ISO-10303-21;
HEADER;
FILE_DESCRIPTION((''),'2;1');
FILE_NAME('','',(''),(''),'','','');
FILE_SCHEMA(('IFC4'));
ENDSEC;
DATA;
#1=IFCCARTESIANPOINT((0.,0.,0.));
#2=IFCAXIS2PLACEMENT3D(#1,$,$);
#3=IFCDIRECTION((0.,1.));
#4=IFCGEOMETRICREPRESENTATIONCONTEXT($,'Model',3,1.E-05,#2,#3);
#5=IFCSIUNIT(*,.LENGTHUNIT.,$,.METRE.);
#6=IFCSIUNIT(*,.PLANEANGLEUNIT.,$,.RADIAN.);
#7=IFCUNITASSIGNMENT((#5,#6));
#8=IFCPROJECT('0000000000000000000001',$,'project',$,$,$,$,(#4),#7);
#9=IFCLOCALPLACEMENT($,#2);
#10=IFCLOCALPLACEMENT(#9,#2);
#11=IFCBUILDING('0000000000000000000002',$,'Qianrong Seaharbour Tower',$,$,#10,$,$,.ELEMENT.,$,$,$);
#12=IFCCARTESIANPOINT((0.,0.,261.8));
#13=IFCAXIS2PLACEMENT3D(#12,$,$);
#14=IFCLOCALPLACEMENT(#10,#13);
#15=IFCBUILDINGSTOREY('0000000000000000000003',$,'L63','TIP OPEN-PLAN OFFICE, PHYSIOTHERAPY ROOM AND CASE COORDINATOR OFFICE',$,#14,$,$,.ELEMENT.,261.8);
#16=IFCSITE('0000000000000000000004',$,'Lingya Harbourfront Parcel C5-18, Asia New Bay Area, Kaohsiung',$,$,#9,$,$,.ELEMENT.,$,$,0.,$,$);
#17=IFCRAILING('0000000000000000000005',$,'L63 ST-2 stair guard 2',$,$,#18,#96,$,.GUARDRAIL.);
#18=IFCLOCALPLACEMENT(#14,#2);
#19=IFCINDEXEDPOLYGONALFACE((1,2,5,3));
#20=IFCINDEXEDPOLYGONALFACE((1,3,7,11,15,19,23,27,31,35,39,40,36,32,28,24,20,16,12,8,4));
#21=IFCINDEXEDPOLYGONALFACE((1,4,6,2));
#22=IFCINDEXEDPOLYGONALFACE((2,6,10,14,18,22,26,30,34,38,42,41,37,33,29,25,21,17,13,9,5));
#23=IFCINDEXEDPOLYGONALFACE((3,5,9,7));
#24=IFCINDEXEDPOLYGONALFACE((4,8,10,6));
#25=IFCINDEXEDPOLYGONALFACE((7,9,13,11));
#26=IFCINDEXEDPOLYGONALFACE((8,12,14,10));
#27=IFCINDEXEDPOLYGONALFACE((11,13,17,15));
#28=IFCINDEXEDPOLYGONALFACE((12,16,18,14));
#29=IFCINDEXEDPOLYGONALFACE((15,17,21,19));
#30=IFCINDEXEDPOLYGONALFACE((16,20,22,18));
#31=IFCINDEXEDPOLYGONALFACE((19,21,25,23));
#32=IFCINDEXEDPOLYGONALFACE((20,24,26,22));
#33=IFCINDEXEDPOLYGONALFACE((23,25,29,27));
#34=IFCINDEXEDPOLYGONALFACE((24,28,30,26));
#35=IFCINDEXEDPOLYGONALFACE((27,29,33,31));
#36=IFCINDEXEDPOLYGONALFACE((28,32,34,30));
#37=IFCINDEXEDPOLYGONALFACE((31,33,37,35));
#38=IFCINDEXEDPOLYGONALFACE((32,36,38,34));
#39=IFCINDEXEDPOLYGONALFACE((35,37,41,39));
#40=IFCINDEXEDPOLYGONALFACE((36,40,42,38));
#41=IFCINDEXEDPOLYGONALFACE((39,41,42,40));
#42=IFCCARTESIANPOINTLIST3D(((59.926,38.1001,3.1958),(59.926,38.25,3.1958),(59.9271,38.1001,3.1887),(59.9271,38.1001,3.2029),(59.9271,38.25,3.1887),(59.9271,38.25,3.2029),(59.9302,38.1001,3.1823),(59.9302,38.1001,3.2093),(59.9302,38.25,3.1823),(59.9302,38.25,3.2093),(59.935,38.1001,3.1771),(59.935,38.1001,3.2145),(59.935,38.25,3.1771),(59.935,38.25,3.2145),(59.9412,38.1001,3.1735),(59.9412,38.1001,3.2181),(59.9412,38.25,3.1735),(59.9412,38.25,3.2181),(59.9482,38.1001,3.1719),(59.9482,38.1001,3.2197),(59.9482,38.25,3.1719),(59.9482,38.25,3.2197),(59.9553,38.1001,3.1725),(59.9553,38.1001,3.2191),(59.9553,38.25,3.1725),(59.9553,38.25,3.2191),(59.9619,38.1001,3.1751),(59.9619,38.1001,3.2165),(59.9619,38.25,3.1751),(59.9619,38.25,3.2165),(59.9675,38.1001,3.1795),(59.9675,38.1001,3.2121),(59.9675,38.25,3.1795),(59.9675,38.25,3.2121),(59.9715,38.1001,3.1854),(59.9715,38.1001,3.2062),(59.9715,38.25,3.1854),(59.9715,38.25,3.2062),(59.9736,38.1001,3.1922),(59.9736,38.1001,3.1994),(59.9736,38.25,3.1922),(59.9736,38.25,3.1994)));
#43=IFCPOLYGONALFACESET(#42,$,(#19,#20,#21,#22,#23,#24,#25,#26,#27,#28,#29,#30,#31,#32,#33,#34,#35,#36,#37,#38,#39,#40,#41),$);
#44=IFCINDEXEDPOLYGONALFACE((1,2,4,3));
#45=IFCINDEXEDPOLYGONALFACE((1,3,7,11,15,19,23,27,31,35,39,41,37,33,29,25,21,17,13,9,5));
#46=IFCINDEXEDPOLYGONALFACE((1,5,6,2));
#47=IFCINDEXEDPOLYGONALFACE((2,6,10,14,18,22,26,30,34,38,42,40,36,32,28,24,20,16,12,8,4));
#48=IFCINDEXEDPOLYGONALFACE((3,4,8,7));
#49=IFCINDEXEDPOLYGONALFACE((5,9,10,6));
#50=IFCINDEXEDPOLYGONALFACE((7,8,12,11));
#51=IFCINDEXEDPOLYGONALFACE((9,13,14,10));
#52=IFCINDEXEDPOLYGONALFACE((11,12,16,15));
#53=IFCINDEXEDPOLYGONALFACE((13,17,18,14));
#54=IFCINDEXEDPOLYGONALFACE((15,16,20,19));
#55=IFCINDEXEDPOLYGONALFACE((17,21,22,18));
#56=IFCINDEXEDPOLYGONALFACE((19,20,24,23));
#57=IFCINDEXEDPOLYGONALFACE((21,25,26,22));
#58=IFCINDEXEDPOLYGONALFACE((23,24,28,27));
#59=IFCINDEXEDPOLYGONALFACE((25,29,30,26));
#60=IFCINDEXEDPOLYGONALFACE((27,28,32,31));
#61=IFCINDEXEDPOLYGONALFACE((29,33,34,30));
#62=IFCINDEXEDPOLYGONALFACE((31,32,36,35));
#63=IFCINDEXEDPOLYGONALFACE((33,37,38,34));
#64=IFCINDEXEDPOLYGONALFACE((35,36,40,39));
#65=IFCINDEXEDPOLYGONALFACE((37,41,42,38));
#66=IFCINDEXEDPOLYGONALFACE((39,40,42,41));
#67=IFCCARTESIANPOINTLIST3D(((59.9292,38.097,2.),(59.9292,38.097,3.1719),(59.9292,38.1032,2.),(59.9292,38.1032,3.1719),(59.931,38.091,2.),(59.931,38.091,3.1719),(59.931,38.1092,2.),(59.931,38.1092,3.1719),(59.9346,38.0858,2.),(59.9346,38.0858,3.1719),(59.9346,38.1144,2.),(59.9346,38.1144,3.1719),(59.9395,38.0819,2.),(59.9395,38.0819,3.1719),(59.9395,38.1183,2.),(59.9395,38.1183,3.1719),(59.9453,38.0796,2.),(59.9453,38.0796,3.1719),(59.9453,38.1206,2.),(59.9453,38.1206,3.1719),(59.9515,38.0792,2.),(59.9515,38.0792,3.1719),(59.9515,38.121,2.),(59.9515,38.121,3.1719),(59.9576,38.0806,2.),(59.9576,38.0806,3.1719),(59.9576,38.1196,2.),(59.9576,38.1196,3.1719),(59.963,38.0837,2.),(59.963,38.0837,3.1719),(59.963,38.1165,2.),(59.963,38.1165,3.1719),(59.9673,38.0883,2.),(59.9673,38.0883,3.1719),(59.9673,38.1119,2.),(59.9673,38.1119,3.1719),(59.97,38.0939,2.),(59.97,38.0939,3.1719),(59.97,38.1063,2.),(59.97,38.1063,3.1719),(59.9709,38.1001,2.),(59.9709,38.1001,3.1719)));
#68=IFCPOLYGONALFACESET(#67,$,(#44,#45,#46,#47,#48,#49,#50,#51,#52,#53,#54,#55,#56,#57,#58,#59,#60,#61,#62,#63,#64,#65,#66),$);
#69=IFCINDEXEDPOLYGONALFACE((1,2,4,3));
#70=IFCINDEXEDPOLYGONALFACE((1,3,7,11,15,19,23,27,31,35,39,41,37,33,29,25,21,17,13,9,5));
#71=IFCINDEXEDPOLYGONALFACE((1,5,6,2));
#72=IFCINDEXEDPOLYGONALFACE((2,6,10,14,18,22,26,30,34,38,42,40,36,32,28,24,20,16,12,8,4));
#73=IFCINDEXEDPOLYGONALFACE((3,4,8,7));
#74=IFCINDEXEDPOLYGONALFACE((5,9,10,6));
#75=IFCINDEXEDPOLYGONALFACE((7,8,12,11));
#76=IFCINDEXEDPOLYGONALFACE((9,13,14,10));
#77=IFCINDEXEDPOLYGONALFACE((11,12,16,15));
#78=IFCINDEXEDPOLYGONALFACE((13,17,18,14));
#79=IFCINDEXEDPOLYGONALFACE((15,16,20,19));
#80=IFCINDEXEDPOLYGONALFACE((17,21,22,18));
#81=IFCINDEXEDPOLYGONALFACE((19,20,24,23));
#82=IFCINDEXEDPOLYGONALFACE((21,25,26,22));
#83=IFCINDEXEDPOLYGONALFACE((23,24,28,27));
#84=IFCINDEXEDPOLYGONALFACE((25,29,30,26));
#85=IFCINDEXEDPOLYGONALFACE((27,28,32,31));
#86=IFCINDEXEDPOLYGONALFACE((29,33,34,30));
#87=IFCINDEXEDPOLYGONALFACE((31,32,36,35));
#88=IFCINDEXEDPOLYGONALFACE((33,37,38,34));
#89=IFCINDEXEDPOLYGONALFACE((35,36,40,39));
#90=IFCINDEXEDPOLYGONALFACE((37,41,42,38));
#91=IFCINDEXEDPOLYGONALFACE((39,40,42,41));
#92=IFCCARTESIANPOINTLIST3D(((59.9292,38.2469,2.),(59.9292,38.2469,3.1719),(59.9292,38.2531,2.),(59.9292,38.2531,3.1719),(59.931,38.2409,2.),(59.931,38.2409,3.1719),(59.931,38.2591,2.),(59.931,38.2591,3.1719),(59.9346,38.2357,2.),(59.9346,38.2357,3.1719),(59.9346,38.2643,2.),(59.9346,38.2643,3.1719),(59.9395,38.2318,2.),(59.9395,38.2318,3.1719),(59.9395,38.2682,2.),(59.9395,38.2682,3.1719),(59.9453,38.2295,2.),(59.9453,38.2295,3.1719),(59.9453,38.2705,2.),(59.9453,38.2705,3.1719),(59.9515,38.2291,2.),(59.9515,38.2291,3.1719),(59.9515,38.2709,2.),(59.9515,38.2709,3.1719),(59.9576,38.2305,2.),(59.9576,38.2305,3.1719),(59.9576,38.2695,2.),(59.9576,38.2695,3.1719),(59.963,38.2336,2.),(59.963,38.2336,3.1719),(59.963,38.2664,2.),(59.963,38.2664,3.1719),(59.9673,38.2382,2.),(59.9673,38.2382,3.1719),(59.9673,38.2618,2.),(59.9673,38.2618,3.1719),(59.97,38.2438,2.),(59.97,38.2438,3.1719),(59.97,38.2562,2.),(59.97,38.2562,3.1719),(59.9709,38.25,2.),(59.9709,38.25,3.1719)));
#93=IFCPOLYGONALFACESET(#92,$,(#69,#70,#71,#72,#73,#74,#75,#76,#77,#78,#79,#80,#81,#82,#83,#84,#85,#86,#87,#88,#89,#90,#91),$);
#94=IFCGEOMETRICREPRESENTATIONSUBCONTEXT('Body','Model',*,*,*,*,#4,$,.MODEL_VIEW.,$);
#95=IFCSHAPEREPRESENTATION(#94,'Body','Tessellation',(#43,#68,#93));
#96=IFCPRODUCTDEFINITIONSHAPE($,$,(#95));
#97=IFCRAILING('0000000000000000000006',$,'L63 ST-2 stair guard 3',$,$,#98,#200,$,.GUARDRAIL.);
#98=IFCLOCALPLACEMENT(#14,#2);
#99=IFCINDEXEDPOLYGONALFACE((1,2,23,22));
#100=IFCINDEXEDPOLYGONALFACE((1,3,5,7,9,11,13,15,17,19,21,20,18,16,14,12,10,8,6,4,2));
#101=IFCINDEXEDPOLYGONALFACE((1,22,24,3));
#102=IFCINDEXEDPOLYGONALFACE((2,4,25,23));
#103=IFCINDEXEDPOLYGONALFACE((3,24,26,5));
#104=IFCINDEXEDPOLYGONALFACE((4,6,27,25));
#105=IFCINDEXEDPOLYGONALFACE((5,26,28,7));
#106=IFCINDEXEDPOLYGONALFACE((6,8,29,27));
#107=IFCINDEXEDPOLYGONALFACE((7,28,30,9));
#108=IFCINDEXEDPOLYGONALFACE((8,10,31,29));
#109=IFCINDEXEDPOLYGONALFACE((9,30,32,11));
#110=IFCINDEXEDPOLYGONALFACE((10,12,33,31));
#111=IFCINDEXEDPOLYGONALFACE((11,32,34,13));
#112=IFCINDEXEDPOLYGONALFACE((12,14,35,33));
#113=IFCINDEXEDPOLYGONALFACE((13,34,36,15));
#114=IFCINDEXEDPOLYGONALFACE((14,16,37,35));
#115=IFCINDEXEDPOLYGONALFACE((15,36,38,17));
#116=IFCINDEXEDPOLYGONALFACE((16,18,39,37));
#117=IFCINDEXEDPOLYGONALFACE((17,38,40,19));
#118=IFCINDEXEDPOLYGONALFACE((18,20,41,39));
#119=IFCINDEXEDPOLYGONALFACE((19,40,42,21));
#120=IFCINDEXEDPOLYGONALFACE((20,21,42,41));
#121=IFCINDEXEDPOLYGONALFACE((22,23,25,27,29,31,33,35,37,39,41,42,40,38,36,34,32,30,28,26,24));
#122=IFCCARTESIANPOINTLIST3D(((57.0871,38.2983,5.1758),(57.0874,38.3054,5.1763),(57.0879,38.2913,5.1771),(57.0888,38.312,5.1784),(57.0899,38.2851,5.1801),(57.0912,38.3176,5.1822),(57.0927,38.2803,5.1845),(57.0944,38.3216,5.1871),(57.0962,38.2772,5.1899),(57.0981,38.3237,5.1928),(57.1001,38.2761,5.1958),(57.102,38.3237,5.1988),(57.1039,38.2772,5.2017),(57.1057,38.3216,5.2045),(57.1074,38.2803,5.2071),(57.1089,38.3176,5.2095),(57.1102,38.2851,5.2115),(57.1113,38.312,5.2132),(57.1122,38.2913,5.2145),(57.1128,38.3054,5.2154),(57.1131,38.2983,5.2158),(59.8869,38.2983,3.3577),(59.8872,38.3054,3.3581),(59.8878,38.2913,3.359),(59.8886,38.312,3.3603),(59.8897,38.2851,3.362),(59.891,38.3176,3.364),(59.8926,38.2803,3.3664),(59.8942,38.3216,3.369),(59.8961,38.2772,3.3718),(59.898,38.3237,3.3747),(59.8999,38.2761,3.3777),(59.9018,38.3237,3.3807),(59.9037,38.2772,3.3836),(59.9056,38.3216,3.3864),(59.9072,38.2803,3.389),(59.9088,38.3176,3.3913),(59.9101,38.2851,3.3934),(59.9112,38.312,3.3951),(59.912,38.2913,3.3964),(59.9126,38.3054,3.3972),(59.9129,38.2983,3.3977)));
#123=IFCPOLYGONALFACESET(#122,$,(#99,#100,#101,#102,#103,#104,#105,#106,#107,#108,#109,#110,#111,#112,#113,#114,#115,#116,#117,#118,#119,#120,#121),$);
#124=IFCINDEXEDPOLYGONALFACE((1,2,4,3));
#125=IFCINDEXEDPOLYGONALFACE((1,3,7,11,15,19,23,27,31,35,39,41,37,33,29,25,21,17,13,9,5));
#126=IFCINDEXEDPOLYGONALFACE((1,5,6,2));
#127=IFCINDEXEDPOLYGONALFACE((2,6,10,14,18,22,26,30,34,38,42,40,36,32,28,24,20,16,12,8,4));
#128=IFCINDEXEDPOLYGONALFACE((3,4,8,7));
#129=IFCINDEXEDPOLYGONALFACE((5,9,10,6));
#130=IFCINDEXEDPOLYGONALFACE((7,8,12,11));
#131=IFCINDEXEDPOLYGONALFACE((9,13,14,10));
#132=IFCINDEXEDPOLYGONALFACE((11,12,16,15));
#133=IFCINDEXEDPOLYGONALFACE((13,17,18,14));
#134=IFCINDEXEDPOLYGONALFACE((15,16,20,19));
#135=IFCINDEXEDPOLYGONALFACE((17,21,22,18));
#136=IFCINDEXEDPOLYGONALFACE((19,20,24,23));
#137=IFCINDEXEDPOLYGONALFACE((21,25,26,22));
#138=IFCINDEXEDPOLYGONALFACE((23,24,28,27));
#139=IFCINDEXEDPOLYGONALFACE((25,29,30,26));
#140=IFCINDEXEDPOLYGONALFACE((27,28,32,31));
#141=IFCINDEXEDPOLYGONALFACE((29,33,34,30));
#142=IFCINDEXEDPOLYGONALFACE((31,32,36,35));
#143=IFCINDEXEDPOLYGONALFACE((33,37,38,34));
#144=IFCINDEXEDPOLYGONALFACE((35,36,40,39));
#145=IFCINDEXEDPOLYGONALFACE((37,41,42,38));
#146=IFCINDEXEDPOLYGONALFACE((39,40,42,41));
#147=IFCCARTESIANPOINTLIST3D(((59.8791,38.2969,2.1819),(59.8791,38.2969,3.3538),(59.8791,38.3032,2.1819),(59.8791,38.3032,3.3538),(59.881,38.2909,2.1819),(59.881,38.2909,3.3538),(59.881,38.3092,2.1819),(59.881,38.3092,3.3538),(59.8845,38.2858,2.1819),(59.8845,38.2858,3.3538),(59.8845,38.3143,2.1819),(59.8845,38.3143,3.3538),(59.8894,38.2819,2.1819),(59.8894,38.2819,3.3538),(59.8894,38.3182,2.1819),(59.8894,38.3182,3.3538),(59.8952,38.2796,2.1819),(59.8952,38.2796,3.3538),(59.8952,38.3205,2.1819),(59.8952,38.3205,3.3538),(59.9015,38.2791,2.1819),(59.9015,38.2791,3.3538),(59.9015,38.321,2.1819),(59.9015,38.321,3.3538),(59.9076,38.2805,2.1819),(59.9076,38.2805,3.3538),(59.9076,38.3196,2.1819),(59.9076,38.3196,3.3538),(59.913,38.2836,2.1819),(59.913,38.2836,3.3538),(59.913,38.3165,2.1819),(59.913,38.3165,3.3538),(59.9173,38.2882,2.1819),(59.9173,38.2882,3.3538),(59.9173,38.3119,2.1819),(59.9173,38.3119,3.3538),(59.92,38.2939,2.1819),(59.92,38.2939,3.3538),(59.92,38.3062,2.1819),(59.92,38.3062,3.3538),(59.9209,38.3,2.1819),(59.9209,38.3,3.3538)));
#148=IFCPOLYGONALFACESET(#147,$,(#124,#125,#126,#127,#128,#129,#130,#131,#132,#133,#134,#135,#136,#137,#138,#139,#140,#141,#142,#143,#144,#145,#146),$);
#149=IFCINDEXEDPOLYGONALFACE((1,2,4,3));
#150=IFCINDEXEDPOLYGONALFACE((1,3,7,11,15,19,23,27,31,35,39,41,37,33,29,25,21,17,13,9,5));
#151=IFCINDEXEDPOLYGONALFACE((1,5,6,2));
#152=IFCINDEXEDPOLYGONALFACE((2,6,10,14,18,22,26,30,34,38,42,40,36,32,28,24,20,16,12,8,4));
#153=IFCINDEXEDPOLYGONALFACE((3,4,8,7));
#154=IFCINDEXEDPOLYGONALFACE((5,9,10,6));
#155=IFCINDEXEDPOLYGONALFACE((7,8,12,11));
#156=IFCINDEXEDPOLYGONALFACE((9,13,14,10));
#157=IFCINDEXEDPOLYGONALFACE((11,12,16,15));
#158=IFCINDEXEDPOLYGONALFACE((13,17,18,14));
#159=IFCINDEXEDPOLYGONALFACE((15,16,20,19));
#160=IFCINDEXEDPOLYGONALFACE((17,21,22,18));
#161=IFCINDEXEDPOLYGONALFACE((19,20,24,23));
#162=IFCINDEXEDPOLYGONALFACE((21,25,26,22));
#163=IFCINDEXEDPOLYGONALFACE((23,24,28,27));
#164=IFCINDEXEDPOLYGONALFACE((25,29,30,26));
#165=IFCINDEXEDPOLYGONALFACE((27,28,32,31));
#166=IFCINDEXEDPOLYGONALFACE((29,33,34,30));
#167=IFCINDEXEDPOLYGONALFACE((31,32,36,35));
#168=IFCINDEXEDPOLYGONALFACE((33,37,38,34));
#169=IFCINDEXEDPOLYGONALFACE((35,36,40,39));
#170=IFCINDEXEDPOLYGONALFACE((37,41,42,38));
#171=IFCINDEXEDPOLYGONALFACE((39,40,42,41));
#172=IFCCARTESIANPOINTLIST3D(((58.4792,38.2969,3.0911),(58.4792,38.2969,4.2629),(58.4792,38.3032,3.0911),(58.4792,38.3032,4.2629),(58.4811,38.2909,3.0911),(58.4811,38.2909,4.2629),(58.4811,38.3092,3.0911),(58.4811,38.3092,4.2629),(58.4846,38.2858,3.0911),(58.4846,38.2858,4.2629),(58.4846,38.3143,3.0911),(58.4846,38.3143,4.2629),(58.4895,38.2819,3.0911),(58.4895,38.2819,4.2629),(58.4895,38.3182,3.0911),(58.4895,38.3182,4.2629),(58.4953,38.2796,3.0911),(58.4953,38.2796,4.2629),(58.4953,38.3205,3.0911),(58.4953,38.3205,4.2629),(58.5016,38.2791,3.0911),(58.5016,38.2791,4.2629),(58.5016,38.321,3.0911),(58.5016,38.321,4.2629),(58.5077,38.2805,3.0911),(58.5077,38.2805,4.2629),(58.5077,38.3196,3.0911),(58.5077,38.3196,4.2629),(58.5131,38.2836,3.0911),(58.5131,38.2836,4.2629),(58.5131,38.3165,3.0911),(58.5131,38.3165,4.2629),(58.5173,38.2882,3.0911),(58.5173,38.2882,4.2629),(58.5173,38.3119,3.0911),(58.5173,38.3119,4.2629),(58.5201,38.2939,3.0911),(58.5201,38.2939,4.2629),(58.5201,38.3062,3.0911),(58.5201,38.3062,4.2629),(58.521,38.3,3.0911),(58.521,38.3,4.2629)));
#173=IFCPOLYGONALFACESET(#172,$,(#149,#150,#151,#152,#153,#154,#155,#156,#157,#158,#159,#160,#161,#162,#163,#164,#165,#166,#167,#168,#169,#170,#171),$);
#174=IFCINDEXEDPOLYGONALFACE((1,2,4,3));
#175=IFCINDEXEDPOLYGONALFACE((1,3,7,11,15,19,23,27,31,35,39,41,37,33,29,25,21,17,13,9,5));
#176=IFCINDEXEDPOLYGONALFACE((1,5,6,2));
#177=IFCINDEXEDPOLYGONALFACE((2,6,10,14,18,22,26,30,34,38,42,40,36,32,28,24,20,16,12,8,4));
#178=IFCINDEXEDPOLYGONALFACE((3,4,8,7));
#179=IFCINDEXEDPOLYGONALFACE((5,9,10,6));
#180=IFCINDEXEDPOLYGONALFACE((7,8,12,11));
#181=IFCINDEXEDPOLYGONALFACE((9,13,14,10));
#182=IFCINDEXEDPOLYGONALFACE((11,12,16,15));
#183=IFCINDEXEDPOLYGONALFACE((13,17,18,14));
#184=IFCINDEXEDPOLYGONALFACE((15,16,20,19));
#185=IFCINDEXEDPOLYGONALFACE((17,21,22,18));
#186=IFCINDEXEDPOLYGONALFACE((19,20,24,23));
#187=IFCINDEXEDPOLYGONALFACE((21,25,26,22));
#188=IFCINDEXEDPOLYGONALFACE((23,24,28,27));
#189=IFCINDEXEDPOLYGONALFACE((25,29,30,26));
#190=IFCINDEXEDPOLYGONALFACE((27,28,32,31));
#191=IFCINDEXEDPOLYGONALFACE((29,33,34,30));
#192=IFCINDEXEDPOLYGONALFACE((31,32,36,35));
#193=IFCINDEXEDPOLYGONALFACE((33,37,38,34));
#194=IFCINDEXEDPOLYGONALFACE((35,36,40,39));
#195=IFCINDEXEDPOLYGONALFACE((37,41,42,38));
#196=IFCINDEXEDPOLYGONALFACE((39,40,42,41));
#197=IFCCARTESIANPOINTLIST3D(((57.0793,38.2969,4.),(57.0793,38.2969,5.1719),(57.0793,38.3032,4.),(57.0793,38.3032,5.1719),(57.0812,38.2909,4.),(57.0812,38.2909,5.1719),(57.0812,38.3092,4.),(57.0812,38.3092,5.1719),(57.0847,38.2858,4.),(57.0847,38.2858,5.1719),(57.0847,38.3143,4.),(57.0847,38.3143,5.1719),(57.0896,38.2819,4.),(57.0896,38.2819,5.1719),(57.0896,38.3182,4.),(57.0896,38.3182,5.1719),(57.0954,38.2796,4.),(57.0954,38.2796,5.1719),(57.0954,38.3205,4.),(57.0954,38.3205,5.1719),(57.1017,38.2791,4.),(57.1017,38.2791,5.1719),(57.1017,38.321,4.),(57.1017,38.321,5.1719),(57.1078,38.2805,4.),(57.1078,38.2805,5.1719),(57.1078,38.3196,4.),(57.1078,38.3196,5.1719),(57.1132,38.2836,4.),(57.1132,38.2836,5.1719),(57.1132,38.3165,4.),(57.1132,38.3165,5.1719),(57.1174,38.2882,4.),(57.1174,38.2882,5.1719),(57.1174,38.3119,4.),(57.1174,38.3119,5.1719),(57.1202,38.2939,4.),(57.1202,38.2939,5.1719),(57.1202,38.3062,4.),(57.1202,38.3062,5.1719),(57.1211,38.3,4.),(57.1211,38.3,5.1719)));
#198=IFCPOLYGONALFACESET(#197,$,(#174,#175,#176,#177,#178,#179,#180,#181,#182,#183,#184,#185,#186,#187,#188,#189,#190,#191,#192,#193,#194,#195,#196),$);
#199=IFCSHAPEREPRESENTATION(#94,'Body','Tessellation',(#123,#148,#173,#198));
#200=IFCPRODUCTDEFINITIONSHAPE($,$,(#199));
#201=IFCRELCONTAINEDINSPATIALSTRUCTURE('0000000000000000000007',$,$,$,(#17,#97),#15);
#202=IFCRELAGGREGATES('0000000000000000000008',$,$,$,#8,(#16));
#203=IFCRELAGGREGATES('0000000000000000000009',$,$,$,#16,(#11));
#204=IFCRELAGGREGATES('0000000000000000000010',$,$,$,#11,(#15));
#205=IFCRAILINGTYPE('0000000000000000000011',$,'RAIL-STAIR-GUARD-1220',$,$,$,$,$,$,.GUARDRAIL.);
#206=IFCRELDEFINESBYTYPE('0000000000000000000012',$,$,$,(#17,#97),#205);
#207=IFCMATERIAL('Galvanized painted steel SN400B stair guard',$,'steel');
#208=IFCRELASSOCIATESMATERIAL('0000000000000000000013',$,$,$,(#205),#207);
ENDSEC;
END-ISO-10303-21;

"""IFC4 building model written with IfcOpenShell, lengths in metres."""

from ifc_helpers import new_model, si_unit, direction, frame, origin, origin_2d, place, context, subcontext, project, spatial, circle, extrude, material, type_object, element, save


model = new_model("IFC4")

# Units and contexts
model_context = context("Model", 3, precision=1e-05, world=origin(), true_north=direction((0.0, 1.0)))
body_context = subcontext(model_context, "Body", "Model", "MODEL_VIEW")
ifc_project = project(units=[si_unit("LENGTHUNIT", "METRE"), si_unit("PLANEANGLEUNIT", "RADIAN")], contexts=[model_context])

# Site, building, storey
site_placement = place(None, origin())
site = spatial("IfcSite", under=ifc_project, at=site_placement, Name="Lingya Harbourfront Parcel C5-18, Asia New Bay Area, Kaohsiung", CompositionType="ELEMENT", RefElevation=0.0)
building_placement = place(site_placement, origin())
building = spatial("IfcBuilding", under=site, at=building_placement, Name="Qianrong Seaharbour Tower", CompositionType="ELEMENT")
storey_placement = place(building_placement, frame((0.0, 0.0, 261.8)))
storey = spatial("IfcBuildingStorey", under=building, at=storey_placement, Name="L63", Description="TIP OPEN-PLAN OFFICE, PHYSIOTHERAPY ROOM AND CASE COORDINATOR OFFICE", CompositionType="ELEMENT", Elevation=261.8)

# Railings
ifc_material_1 = material(Name="Galvanized painted steel SN400B stair guard", Category="steel")
railing_type_1 = type_object("IfcRailingType", Name="RAIL-STAIR-GUARD-1220", PredefinedType="GUARDRAIL", material=ifc_material_1)
railing_1_placement = place(storey_placement, frame((59.95, 38.1001, 2.0)))
element("IfcRailing", 1, at=railing_1_placement, inside=storey, type_object=railing_type_1, Name="L63 ST-2 stair guard 2", PredefinedType="GUARDRAIL", context=body_context, shape_type="SweptSolid", body=[
    extrude(circle(Radius=0.0239, at=origin_2d()), frame((0.0, 0.0, 1.1958), z_axis=(0.0, 1.0, 0.0), x_axis=(-1.0, 0.0, 0.0)), (0.0, 0.0, 1.0), 0.1499),
    extrude(circle(Radius=0.021, at=origin_2d()), origin(), (0.0, 0.0, 1.0), 1.1719),
    extrude(circle(Radius=0.021, at=origin_2d()), frame((0.0, 0.1499, 0.0)), (0.0, 0.0, 1.0), 1.1719),
])
railing_2_placement = place(storey_placement, frame((59.8999, 38.3, 2.1819)))
element("IfcRailing", 2, at=railing_2_placement, inside=storey, type_object=railing_type_1, Name="L63 ST-2 stair guard 3", PredefinedType="GUARDRAIL", context=body_context, shape_type="SweptSolid", body=[
    extrude(circle(Radius=0.0239, at=origin_2d()), frame((0.0, 0.0, 1.1958), z_axis=(-0.838684, 0.0, 0.544618), x_axis=(0.0, -1.0, 0.0)), (0.0, 0.0, 1.0), 3.3384),
    extrude(circle(Radius=0.021, at=origin_2d()), origin(), (0.0, 0.0, 1.0), 1.1719),
    extrude(circle(Radius=0.021, at=origin_2d()), frame((-1.3999, 0.0, 0.9092)), (0.0, 0.0, 1.0), 1.1719),
    extrude(circle(Radius=0.021, at=origin_2d()), frame((-2.7998, 0.0, 1.8181)), (0.0, 0.0, 1.0), 1.1719),
])

save(model, "model.ifc")
